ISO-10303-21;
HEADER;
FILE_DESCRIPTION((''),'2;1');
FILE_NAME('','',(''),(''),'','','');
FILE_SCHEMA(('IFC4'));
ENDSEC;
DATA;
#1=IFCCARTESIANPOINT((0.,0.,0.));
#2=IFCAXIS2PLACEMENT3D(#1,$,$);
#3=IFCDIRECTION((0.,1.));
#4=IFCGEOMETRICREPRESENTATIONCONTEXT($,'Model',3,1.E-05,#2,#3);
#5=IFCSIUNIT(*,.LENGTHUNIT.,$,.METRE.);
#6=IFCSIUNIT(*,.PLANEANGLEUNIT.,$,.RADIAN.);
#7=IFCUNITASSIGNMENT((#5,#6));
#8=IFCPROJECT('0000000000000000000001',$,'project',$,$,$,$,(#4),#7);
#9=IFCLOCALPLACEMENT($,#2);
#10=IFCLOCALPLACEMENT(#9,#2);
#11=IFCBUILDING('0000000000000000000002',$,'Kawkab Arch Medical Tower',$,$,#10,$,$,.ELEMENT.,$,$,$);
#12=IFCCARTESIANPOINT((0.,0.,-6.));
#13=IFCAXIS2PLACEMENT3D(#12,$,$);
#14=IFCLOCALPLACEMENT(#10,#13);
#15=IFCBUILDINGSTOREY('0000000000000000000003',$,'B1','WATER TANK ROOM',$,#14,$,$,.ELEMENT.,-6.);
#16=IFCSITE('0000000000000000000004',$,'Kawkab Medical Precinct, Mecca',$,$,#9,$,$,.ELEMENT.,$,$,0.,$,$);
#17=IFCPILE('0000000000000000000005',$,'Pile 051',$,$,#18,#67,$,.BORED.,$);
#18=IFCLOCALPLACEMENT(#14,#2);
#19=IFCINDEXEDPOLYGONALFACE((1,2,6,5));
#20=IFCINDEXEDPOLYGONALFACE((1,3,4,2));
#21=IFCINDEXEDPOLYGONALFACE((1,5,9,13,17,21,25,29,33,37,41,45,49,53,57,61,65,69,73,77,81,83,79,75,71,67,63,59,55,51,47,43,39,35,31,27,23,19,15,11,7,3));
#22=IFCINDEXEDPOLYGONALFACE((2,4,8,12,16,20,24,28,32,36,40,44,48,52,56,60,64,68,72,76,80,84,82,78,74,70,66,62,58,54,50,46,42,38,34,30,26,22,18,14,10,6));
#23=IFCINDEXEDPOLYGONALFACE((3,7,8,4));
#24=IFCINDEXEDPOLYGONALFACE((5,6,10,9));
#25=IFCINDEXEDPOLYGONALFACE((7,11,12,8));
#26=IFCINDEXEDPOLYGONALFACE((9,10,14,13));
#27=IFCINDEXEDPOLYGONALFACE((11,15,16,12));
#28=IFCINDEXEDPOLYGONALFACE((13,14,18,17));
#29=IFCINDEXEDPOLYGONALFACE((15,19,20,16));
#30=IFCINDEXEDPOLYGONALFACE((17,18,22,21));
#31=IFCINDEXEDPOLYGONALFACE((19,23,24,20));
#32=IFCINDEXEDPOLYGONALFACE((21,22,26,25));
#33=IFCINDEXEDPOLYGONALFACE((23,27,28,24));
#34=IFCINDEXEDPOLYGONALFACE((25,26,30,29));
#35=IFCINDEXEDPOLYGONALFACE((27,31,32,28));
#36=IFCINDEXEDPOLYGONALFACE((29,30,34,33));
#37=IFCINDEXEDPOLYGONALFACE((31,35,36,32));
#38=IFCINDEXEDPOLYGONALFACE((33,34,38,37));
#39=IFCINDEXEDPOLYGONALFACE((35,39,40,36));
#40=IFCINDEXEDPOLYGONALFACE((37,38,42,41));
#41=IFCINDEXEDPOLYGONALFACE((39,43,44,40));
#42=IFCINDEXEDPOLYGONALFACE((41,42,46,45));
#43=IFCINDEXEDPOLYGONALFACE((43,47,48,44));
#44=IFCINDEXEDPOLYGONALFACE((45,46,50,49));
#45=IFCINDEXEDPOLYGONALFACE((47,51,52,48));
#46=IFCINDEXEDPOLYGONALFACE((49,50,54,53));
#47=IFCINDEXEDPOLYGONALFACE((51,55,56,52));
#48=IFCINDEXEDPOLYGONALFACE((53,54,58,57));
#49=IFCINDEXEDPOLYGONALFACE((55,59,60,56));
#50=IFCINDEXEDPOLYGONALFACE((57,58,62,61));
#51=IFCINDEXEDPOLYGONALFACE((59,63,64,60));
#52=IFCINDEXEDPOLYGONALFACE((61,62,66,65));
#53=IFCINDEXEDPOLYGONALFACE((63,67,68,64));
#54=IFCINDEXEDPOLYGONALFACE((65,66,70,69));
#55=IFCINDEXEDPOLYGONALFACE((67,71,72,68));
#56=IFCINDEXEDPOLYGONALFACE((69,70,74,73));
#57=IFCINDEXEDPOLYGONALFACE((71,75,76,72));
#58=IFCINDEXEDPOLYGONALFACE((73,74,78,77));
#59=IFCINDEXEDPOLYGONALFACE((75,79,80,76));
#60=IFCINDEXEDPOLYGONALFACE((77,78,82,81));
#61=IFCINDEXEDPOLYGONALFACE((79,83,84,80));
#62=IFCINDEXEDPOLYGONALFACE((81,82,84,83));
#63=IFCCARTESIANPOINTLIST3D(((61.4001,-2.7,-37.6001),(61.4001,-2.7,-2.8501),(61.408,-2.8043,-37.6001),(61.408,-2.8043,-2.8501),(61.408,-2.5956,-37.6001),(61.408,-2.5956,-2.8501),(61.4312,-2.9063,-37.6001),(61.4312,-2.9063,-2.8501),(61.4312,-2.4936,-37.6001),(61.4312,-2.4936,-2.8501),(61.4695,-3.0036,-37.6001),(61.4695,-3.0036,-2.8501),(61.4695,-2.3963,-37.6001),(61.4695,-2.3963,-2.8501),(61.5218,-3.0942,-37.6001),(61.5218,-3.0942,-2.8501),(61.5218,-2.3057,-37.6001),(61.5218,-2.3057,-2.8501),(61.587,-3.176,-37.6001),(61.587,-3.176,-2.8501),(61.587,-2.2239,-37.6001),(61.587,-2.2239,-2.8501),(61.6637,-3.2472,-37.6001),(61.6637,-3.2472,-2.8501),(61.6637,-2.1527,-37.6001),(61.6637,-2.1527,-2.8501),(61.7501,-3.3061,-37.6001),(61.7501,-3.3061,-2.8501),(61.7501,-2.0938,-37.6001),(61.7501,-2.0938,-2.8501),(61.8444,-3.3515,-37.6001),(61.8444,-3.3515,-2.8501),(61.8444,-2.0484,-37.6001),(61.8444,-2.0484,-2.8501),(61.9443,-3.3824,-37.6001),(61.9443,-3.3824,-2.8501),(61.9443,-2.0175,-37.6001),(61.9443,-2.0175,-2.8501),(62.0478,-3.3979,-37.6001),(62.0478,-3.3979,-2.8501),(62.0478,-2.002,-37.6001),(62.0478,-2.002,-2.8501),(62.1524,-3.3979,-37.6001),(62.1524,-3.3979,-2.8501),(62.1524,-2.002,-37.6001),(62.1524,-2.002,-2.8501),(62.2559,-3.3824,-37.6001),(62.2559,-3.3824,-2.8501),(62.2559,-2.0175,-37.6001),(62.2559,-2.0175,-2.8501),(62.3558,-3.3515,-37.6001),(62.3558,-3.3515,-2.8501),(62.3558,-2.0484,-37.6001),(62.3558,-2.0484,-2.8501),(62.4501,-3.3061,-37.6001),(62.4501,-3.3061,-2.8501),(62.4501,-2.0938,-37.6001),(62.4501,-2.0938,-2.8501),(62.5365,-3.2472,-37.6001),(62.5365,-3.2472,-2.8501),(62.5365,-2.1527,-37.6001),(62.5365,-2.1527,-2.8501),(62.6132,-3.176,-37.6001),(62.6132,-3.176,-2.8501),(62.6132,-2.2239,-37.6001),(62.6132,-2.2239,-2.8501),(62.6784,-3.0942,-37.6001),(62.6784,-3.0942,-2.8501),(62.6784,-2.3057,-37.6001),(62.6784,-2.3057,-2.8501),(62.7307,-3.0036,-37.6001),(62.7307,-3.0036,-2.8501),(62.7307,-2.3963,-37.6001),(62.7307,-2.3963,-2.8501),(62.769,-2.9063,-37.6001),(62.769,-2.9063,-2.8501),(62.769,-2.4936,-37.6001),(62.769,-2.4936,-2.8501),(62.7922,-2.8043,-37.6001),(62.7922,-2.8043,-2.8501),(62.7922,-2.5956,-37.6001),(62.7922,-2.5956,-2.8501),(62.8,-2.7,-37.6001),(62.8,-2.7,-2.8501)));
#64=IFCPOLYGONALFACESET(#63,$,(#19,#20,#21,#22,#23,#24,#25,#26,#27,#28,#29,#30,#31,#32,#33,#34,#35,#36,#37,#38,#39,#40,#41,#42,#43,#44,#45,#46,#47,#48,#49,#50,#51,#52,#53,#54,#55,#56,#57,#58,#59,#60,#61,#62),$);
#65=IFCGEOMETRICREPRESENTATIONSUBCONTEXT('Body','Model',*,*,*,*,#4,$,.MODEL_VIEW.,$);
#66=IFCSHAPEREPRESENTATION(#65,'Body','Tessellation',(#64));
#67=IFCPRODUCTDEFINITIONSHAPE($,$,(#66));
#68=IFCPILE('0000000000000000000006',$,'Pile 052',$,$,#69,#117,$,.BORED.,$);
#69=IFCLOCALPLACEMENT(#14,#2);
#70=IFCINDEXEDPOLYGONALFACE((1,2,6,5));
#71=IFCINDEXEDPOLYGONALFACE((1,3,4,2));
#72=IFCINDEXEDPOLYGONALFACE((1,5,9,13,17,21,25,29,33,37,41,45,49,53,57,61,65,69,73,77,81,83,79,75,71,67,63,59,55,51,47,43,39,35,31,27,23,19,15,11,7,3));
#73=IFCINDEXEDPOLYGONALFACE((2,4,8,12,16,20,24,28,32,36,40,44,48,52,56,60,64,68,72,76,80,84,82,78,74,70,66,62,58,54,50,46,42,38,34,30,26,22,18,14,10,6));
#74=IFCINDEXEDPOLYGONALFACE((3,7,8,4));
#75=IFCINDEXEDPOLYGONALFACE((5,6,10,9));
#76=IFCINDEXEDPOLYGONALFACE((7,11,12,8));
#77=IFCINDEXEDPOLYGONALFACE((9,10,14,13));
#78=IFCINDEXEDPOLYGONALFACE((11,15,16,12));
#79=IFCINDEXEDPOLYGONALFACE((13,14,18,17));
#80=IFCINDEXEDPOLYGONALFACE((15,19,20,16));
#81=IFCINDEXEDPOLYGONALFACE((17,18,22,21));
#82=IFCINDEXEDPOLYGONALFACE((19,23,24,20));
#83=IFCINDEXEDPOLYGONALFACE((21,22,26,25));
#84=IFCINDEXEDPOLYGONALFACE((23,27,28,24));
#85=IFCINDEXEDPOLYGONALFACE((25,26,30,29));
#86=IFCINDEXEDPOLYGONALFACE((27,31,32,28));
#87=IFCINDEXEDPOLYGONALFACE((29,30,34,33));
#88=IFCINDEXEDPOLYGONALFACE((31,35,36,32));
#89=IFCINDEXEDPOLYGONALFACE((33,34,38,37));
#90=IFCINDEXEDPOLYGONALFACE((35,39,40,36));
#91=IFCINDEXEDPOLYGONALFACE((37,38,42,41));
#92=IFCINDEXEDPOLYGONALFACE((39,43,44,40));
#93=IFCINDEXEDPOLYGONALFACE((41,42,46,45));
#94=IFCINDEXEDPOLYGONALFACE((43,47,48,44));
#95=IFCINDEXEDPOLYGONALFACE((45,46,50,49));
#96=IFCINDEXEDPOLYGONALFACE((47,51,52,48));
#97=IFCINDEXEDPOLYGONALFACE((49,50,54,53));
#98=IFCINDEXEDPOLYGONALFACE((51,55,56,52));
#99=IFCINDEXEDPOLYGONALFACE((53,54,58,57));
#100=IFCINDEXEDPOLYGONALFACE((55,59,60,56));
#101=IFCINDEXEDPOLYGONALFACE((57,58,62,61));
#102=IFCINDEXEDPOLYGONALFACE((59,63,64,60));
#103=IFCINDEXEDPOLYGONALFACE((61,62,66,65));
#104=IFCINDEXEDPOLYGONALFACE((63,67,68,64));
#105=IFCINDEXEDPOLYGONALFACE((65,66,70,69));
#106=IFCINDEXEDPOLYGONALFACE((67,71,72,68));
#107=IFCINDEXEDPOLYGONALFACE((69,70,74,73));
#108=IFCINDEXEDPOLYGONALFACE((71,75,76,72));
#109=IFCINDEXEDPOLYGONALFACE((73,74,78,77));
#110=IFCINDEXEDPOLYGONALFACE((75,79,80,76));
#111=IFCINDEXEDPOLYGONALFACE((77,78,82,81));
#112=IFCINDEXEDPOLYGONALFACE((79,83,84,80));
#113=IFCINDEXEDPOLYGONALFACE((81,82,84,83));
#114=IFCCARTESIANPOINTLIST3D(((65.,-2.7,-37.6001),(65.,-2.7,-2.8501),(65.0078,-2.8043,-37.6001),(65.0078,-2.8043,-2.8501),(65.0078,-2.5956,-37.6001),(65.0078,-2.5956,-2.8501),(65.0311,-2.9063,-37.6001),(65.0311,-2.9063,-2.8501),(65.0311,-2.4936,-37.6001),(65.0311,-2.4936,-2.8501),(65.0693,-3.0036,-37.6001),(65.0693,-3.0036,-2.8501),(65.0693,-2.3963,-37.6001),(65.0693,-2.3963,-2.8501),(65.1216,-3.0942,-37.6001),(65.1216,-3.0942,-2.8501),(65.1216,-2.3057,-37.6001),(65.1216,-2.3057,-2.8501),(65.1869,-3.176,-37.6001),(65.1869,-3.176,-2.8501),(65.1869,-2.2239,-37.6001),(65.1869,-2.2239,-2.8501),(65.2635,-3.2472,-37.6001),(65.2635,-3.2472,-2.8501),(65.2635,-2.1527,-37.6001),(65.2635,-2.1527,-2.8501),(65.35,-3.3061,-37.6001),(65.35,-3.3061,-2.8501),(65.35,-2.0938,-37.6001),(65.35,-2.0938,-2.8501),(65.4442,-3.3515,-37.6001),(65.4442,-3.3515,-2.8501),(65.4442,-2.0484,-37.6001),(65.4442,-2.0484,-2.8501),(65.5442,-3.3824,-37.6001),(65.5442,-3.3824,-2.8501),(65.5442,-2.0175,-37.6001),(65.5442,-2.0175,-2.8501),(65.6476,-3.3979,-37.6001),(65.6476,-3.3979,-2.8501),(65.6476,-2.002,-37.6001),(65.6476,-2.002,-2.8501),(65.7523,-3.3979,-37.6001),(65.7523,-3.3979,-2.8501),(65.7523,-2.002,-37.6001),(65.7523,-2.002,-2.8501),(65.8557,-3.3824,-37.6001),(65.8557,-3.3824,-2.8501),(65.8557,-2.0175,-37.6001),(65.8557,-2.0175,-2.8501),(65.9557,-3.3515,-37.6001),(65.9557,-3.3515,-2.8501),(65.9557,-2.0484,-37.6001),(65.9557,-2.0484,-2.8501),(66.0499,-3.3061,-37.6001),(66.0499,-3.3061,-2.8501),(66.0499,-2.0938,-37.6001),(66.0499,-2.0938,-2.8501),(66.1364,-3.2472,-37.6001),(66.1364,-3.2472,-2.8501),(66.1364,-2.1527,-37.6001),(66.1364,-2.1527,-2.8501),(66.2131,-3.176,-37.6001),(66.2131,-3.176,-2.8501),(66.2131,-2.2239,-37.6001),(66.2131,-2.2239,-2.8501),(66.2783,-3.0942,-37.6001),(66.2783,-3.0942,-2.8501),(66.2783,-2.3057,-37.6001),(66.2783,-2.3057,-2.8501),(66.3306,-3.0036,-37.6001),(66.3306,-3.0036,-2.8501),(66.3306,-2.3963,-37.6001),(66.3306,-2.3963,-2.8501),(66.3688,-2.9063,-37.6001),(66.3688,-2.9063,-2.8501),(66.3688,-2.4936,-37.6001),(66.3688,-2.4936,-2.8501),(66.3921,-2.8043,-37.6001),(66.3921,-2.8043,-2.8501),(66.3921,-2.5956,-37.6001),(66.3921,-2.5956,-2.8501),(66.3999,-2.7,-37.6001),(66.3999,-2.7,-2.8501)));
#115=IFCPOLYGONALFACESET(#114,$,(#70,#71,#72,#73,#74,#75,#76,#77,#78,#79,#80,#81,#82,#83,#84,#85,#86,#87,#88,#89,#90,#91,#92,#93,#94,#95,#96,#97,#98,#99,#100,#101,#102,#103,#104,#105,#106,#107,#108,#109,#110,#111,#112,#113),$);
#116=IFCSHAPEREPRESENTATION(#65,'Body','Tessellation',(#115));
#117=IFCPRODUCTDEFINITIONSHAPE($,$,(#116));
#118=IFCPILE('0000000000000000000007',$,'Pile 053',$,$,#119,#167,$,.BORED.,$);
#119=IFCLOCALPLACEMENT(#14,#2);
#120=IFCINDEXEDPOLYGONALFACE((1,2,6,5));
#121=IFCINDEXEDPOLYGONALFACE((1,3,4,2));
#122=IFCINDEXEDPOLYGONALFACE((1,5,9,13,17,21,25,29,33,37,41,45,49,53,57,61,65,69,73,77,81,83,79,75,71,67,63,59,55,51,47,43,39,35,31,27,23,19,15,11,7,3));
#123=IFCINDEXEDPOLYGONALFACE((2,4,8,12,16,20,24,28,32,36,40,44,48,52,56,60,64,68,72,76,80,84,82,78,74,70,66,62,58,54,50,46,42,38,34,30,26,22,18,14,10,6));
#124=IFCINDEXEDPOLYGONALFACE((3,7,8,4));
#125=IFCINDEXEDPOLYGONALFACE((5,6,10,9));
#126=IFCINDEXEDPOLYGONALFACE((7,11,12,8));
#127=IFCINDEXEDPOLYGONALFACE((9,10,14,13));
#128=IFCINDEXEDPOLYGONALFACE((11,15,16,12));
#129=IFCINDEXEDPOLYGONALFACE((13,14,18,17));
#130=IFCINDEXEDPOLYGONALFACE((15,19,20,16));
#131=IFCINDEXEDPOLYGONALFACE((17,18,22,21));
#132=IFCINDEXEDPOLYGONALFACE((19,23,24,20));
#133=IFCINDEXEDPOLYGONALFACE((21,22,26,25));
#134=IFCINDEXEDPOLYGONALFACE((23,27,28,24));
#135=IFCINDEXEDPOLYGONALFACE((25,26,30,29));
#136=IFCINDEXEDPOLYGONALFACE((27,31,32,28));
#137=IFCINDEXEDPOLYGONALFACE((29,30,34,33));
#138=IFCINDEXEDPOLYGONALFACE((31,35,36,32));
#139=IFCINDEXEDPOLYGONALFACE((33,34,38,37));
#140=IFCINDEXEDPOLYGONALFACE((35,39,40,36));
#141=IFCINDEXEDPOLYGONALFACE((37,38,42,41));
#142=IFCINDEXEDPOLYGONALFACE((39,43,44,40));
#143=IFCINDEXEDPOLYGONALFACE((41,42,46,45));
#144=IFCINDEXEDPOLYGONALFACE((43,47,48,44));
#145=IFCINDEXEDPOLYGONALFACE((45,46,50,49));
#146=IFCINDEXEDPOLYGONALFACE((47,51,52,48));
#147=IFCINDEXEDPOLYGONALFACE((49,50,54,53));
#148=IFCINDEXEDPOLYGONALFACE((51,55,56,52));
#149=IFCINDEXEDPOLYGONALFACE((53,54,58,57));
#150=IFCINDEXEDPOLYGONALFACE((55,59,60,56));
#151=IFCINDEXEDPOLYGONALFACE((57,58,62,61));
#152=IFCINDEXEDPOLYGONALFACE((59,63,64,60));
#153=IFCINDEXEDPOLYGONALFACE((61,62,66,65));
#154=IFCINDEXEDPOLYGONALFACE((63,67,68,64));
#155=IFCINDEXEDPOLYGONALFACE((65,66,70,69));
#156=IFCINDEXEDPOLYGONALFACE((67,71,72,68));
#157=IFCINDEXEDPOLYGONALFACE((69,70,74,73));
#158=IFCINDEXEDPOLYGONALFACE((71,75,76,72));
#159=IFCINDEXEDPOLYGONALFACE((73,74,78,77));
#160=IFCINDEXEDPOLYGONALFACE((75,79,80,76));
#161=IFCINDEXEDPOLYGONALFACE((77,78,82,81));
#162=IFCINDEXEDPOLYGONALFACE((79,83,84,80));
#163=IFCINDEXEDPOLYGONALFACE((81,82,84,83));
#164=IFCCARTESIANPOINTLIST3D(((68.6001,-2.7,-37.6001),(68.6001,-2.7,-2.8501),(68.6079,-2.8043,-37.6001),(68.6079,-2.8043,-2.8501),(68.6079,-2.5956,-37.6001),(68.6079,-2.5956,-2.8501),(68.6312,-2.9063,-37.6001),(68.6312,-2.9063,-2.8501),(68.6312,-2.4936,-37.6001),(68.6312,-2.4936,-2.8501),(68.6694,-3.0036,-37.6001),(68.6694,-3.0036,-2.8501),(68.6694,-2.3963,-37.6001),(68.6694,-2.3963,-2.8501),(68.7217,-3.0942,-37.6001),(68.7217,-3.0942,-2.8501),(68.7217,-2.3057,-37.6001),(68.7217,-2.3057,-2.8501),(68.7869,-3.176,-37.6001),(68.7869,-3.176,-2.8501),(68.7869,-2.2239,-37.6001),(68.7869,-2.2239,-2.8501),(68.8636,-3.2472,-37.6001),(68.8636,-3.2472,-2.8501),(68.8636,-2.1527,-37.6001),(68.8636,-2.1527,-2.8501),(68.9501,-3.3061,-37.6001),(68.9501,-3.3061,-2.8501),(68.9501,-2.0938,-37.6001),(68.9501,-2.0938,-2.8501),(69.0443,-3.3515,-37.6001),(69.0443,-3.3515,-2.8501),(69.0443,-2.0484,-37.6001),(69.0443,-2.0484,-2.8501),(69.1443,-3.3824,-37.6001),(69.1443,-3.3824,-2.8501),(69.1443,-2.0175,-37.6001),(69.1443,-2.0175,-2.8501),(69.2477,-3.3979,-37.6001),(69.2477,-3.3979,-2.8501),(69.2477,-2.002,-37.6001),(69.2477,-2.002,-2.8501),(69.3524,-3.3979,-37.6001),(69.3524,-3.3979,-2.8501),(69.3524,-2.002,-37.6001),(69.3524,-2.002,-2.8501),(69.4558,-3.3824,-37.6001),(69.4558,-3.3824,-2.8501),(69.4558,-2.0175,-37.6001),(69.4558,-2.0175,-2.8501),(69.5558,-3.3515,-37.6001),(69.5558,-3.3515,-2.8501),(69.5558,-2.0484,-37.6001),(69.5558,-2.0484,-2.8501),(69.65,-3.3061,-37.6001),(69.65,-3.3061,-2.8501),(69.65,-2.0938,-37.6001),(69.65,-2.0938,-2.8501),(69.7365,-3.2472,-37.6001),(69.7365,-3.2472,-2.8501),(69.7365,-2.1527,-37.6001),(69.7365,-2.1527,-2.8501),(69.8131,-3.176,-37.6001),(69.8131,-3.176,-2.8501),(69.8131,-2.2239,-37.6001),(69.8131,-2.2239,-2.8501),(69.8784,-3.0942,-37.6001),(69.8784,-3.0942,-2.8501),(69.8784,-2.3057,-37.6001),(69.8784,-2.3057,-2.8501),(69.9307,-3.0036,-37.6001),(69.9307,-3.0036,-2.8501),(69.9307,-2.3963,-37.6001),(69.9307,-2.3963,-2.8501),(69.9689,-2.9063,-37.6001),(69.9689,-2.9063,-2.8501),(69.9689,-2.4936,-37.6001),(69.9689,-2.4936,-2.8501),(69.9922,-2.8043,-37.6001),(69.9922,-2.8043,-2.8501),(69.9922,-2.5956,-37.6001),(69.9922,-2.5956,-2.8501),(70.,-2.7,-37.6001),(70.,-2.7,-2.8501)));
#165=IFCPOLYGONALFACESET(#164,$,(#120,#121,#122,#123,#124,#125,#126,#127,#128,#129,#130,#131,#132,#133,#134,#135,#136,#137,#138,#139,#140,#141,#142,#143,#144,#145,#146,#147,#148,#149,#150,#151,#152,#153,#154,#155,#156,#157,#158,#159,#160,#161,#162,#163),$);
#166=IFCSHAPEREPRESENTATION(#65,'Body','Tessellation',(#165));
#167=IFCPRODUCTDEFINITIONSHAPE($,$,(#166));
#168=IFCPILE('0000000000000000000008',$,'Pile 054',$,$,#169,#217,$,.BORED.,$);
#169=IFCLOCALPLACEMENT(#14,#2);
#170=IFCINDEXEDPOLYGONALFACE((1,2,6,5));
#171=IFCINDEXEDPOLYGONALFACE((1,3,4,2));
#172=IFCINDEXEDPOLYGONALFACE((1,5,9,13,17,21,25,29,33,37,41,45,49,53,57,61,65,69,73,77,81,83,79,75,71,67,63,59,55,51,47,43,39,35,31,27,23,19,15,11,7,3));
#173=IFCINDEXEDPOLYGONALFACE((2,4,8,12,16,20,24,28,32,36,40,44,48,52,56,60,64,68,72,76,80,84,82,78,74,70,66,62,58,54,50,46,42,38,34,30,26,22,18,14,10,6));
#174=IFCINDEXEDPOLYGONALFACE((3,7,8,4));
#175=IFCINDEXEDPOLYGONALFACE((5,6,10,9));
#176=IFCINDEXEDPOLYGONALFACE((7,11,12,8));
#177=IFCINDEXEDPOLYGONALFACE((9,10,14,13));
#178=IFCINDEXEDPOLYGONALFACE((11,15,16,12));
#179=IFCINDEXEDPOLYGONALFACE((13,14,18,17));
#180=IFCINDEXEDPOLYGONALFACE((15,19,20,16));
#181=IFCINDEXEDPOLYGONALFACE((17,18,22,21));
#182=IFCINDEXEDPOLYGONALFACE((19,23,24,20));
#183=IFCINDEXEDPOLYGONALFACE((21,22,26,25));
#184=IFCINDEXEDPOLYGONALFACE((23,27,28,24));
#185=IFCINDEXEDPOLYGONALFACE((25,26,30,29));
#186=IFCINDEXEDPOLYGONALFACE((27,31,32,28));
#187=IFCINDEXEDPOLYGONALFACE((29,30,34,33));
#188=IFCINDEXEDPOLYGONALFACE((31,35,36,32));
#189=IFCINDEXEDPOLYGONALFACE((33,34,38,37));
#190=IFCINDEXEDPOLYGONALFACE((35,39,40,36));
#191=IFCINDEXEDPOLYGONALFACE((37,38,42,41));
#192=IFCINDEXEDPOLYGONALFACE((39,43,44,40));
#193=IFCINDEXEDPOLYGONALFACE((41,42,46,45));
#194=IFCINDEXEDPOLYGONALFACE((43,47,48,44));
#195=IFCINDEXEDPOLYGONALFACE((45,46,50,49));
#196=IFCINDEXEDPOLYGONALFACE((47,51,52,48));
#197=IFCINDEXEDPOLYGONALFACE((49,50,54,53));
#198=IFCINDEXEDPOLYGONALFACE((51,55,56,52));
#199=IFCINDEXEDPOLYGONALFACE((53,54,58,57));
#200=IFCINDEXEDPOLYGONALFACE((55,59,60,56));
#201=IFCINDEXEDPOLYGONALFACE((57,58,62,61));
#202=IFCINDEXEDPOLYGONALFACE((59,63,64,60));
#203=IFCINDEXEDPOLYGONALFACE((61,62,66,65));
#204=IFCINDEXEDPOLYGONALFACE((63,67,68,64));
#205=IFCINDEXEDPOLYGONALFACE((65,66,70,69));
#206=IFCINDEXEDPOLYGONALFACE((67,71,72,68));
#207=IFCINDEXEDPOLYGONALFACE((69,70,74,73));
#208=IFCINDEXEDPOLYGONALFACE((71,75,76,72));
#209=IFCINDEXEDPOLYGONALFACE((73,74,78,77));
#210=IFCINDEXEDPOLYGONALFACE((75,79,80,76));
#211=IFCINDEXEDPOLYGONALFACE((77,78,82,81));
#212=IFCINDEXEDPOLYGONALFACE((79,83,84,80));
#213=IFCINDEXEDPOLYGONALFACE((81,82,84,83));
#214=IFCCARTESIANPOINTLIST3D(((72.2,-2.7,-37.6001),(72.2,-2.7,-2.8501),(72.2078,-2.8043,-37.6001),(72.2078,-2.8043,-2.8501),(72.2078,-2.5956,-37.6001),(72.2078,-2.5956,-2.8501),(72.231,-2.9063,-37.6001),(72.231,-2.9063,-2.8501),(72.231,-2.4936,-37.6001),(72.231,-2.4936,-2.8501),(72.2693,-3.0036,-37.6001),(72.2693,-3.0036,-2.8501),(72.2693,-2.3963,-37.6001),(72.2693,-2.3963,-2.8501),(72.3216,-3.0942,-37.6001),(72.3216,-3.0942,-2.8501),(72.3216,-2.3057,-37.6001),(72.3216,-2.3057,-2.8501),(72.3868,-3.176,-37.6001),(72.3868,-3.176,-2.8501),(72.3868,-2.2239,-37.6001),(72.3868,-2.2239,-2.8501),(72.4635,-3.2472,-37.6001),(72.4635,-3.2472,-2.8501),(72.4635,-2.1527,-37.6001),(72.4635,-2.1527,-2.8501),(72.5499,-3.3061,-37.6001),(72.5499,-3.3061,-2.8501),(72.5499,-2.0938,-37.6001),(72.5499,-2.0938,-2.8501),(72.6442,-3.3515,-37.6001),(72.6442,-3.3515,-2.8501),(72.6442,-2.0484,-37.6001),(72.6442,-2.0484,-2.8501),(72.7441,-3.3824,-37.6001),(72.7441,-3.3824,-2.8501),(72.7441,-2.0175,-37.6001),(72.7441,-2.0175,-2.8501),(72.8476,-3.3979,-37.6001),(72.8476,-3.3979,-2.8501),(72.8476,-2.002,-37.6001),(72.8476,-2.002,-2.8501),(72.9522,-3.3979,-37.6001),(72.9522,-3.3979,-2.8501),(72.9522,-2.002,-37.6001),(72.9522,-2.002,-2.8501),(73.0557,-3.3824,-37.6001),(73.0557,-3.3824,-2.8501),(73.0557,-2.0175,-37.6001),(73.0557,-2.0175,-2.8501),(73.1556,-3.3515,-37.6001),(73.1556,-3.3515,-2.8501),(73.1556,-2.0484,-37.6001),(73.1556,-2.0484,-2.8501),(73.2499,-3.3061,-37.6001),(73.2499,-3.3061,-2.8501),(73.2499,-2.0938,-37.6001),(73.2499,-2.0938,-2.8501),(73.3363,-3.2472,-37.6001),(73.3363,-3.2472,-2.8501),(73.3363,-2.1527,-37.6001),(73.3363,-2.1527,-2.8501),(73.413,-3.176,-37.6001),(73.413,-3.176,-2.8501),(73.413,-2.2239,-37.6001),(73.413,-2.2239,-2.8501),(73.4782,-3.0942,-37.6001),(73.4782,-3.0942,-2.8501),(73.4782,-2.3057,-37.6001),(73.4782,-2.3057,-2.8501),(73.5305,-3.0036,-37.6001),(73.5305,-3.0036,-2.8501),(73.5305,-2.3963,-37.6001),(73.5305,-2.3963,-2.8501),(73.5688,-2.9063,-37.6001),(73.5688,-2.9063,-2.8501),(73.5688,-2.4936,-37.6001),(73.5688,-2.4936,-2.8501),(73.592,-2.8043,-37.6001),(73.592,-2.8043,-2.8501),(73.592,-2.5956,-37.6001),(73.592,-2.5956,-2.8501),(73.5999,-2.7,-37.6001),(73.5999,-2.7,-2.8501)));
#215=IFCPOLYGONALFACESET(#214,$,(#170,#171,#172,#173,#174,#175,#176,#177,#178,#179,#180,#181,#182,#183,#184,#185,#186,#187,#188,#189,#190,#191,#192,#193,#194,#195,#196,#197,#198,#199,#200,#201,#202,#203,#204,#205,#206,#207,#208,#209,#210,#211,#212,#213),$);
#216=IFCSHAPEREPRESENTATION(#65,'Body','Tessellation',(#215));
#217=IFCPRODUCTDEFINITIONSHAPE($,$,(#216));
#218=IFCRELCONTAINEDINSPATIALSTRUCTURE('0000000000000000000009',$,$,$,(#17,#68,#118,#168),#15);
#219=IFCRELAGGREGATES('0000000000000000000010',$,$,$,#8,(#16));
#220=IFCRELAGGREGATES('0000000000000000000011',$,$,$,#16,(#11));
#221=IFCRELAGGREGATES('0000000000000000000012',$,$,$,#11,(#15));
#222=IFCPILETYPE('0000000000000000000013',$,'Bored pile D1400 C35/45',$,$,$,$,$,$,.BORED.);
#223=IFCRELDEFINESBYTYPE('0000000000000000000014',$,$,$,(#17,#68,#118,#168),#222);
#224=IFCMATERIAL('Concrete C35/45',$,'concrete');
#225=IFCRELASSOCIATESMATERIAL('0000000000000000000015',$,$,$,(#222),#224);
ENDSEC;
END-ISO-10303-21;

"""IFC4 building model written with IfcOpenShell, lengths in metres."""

from ifc_helpers import new_model, si_unit, direction, frame, origin, origin_2d, place, context, subcontext, project, spatial, circle, extrude, material, material_profile, profile_set, type_object, element, save


model = new_model("IFC4")

# Units and contexts
model_context = context("Model", 3, precision=1e-05, world=origin(), true_north=direction((0.0, 1.0)))
body_context = subcontext(model_context, "Body", "Model", "MODEL_VIEW")
ifc_project = project(units=[si_unit("LENGTHUNIT", "METRE"), si_unit("PLANEANGLEUNIT", "RADIAN")], contexts=[model_context])

# Site, building, storey
site_placement = place(None, origin())
site = spatial("IfcSite", under=ifc_project, at=site_placement, Name="Kawkab Medical Precinct, Mecca", CompositionType="ELEMENT", RefElevation=0.0)
building_placement = place(site_placement, origin())
building = spatial("IfcBuilding", under=site, at=building_placement, Name="Kawkab Arch Medical Tower", CompositionType="ELEMENT")
storey_placement = place(building_placement, frame((0.0, 0.0, -6.0)))
storey = spatial("IfcBuildingStorey", under=building, at=storey_placement, Name="B1", Description="WATER TANK ROOM", CompositionType="ELEMENT", Elevation=-6.0)

# Piles
ifc_material_1 = material(Name="Concrete C35/45", Category="concrete")
ifc_material_profile_1 = material_profile(ifc_material_1, circle(Radius=0.7, at=origin_2d()), Name="Bored pile D1400")
ifc_profile_set_1 = profile_set([ifc_material_profile_1], Name="Concrete C35/45")
pile_type = type_object("IfcPileType", Name="Bored pile D1400 C35/45", PredefinedType="BORED", material=ifc_profile_set_1)
for number, where, z_axis, x_axis, name in (
    (1, (62.1001, -2.7, -2.8501), (0.0, 0.0, -1.0), (1.0, 0.0, 0.0), "Pile 051"),
    (2, (65.7, -2.7, -2.8501), (0.0, 0.0, -1.0), (1.0, 0.0, 0.0), "Pile 052"),
    (3, (69.3, -2.7, -2.8501), (0.0, 0.0, -1.0), (1.0, 0.0, 0.0), "Pile 053"),
    (4, (72.8999, -2.7, -2.8501), (0.0, 0.0, -1.0), (1.0, 0.0, 0.0), "Pile 054"),
):
    element("IfcPile", number, at=place(storey_placement, frame(where, z_axis=z_axis, x_axis=x_axis)), inside=storey, type_object=pile_type, Name=name, PredefinedType="BORED", context=body_context, shape_type="SweptSolid", body=[
        extrude(circle(Radius=0.7, at=origin_2d()), origin(), (0.0, 0.0, 1.0), 34.75),
    ])

save(model, "model.ifc")
